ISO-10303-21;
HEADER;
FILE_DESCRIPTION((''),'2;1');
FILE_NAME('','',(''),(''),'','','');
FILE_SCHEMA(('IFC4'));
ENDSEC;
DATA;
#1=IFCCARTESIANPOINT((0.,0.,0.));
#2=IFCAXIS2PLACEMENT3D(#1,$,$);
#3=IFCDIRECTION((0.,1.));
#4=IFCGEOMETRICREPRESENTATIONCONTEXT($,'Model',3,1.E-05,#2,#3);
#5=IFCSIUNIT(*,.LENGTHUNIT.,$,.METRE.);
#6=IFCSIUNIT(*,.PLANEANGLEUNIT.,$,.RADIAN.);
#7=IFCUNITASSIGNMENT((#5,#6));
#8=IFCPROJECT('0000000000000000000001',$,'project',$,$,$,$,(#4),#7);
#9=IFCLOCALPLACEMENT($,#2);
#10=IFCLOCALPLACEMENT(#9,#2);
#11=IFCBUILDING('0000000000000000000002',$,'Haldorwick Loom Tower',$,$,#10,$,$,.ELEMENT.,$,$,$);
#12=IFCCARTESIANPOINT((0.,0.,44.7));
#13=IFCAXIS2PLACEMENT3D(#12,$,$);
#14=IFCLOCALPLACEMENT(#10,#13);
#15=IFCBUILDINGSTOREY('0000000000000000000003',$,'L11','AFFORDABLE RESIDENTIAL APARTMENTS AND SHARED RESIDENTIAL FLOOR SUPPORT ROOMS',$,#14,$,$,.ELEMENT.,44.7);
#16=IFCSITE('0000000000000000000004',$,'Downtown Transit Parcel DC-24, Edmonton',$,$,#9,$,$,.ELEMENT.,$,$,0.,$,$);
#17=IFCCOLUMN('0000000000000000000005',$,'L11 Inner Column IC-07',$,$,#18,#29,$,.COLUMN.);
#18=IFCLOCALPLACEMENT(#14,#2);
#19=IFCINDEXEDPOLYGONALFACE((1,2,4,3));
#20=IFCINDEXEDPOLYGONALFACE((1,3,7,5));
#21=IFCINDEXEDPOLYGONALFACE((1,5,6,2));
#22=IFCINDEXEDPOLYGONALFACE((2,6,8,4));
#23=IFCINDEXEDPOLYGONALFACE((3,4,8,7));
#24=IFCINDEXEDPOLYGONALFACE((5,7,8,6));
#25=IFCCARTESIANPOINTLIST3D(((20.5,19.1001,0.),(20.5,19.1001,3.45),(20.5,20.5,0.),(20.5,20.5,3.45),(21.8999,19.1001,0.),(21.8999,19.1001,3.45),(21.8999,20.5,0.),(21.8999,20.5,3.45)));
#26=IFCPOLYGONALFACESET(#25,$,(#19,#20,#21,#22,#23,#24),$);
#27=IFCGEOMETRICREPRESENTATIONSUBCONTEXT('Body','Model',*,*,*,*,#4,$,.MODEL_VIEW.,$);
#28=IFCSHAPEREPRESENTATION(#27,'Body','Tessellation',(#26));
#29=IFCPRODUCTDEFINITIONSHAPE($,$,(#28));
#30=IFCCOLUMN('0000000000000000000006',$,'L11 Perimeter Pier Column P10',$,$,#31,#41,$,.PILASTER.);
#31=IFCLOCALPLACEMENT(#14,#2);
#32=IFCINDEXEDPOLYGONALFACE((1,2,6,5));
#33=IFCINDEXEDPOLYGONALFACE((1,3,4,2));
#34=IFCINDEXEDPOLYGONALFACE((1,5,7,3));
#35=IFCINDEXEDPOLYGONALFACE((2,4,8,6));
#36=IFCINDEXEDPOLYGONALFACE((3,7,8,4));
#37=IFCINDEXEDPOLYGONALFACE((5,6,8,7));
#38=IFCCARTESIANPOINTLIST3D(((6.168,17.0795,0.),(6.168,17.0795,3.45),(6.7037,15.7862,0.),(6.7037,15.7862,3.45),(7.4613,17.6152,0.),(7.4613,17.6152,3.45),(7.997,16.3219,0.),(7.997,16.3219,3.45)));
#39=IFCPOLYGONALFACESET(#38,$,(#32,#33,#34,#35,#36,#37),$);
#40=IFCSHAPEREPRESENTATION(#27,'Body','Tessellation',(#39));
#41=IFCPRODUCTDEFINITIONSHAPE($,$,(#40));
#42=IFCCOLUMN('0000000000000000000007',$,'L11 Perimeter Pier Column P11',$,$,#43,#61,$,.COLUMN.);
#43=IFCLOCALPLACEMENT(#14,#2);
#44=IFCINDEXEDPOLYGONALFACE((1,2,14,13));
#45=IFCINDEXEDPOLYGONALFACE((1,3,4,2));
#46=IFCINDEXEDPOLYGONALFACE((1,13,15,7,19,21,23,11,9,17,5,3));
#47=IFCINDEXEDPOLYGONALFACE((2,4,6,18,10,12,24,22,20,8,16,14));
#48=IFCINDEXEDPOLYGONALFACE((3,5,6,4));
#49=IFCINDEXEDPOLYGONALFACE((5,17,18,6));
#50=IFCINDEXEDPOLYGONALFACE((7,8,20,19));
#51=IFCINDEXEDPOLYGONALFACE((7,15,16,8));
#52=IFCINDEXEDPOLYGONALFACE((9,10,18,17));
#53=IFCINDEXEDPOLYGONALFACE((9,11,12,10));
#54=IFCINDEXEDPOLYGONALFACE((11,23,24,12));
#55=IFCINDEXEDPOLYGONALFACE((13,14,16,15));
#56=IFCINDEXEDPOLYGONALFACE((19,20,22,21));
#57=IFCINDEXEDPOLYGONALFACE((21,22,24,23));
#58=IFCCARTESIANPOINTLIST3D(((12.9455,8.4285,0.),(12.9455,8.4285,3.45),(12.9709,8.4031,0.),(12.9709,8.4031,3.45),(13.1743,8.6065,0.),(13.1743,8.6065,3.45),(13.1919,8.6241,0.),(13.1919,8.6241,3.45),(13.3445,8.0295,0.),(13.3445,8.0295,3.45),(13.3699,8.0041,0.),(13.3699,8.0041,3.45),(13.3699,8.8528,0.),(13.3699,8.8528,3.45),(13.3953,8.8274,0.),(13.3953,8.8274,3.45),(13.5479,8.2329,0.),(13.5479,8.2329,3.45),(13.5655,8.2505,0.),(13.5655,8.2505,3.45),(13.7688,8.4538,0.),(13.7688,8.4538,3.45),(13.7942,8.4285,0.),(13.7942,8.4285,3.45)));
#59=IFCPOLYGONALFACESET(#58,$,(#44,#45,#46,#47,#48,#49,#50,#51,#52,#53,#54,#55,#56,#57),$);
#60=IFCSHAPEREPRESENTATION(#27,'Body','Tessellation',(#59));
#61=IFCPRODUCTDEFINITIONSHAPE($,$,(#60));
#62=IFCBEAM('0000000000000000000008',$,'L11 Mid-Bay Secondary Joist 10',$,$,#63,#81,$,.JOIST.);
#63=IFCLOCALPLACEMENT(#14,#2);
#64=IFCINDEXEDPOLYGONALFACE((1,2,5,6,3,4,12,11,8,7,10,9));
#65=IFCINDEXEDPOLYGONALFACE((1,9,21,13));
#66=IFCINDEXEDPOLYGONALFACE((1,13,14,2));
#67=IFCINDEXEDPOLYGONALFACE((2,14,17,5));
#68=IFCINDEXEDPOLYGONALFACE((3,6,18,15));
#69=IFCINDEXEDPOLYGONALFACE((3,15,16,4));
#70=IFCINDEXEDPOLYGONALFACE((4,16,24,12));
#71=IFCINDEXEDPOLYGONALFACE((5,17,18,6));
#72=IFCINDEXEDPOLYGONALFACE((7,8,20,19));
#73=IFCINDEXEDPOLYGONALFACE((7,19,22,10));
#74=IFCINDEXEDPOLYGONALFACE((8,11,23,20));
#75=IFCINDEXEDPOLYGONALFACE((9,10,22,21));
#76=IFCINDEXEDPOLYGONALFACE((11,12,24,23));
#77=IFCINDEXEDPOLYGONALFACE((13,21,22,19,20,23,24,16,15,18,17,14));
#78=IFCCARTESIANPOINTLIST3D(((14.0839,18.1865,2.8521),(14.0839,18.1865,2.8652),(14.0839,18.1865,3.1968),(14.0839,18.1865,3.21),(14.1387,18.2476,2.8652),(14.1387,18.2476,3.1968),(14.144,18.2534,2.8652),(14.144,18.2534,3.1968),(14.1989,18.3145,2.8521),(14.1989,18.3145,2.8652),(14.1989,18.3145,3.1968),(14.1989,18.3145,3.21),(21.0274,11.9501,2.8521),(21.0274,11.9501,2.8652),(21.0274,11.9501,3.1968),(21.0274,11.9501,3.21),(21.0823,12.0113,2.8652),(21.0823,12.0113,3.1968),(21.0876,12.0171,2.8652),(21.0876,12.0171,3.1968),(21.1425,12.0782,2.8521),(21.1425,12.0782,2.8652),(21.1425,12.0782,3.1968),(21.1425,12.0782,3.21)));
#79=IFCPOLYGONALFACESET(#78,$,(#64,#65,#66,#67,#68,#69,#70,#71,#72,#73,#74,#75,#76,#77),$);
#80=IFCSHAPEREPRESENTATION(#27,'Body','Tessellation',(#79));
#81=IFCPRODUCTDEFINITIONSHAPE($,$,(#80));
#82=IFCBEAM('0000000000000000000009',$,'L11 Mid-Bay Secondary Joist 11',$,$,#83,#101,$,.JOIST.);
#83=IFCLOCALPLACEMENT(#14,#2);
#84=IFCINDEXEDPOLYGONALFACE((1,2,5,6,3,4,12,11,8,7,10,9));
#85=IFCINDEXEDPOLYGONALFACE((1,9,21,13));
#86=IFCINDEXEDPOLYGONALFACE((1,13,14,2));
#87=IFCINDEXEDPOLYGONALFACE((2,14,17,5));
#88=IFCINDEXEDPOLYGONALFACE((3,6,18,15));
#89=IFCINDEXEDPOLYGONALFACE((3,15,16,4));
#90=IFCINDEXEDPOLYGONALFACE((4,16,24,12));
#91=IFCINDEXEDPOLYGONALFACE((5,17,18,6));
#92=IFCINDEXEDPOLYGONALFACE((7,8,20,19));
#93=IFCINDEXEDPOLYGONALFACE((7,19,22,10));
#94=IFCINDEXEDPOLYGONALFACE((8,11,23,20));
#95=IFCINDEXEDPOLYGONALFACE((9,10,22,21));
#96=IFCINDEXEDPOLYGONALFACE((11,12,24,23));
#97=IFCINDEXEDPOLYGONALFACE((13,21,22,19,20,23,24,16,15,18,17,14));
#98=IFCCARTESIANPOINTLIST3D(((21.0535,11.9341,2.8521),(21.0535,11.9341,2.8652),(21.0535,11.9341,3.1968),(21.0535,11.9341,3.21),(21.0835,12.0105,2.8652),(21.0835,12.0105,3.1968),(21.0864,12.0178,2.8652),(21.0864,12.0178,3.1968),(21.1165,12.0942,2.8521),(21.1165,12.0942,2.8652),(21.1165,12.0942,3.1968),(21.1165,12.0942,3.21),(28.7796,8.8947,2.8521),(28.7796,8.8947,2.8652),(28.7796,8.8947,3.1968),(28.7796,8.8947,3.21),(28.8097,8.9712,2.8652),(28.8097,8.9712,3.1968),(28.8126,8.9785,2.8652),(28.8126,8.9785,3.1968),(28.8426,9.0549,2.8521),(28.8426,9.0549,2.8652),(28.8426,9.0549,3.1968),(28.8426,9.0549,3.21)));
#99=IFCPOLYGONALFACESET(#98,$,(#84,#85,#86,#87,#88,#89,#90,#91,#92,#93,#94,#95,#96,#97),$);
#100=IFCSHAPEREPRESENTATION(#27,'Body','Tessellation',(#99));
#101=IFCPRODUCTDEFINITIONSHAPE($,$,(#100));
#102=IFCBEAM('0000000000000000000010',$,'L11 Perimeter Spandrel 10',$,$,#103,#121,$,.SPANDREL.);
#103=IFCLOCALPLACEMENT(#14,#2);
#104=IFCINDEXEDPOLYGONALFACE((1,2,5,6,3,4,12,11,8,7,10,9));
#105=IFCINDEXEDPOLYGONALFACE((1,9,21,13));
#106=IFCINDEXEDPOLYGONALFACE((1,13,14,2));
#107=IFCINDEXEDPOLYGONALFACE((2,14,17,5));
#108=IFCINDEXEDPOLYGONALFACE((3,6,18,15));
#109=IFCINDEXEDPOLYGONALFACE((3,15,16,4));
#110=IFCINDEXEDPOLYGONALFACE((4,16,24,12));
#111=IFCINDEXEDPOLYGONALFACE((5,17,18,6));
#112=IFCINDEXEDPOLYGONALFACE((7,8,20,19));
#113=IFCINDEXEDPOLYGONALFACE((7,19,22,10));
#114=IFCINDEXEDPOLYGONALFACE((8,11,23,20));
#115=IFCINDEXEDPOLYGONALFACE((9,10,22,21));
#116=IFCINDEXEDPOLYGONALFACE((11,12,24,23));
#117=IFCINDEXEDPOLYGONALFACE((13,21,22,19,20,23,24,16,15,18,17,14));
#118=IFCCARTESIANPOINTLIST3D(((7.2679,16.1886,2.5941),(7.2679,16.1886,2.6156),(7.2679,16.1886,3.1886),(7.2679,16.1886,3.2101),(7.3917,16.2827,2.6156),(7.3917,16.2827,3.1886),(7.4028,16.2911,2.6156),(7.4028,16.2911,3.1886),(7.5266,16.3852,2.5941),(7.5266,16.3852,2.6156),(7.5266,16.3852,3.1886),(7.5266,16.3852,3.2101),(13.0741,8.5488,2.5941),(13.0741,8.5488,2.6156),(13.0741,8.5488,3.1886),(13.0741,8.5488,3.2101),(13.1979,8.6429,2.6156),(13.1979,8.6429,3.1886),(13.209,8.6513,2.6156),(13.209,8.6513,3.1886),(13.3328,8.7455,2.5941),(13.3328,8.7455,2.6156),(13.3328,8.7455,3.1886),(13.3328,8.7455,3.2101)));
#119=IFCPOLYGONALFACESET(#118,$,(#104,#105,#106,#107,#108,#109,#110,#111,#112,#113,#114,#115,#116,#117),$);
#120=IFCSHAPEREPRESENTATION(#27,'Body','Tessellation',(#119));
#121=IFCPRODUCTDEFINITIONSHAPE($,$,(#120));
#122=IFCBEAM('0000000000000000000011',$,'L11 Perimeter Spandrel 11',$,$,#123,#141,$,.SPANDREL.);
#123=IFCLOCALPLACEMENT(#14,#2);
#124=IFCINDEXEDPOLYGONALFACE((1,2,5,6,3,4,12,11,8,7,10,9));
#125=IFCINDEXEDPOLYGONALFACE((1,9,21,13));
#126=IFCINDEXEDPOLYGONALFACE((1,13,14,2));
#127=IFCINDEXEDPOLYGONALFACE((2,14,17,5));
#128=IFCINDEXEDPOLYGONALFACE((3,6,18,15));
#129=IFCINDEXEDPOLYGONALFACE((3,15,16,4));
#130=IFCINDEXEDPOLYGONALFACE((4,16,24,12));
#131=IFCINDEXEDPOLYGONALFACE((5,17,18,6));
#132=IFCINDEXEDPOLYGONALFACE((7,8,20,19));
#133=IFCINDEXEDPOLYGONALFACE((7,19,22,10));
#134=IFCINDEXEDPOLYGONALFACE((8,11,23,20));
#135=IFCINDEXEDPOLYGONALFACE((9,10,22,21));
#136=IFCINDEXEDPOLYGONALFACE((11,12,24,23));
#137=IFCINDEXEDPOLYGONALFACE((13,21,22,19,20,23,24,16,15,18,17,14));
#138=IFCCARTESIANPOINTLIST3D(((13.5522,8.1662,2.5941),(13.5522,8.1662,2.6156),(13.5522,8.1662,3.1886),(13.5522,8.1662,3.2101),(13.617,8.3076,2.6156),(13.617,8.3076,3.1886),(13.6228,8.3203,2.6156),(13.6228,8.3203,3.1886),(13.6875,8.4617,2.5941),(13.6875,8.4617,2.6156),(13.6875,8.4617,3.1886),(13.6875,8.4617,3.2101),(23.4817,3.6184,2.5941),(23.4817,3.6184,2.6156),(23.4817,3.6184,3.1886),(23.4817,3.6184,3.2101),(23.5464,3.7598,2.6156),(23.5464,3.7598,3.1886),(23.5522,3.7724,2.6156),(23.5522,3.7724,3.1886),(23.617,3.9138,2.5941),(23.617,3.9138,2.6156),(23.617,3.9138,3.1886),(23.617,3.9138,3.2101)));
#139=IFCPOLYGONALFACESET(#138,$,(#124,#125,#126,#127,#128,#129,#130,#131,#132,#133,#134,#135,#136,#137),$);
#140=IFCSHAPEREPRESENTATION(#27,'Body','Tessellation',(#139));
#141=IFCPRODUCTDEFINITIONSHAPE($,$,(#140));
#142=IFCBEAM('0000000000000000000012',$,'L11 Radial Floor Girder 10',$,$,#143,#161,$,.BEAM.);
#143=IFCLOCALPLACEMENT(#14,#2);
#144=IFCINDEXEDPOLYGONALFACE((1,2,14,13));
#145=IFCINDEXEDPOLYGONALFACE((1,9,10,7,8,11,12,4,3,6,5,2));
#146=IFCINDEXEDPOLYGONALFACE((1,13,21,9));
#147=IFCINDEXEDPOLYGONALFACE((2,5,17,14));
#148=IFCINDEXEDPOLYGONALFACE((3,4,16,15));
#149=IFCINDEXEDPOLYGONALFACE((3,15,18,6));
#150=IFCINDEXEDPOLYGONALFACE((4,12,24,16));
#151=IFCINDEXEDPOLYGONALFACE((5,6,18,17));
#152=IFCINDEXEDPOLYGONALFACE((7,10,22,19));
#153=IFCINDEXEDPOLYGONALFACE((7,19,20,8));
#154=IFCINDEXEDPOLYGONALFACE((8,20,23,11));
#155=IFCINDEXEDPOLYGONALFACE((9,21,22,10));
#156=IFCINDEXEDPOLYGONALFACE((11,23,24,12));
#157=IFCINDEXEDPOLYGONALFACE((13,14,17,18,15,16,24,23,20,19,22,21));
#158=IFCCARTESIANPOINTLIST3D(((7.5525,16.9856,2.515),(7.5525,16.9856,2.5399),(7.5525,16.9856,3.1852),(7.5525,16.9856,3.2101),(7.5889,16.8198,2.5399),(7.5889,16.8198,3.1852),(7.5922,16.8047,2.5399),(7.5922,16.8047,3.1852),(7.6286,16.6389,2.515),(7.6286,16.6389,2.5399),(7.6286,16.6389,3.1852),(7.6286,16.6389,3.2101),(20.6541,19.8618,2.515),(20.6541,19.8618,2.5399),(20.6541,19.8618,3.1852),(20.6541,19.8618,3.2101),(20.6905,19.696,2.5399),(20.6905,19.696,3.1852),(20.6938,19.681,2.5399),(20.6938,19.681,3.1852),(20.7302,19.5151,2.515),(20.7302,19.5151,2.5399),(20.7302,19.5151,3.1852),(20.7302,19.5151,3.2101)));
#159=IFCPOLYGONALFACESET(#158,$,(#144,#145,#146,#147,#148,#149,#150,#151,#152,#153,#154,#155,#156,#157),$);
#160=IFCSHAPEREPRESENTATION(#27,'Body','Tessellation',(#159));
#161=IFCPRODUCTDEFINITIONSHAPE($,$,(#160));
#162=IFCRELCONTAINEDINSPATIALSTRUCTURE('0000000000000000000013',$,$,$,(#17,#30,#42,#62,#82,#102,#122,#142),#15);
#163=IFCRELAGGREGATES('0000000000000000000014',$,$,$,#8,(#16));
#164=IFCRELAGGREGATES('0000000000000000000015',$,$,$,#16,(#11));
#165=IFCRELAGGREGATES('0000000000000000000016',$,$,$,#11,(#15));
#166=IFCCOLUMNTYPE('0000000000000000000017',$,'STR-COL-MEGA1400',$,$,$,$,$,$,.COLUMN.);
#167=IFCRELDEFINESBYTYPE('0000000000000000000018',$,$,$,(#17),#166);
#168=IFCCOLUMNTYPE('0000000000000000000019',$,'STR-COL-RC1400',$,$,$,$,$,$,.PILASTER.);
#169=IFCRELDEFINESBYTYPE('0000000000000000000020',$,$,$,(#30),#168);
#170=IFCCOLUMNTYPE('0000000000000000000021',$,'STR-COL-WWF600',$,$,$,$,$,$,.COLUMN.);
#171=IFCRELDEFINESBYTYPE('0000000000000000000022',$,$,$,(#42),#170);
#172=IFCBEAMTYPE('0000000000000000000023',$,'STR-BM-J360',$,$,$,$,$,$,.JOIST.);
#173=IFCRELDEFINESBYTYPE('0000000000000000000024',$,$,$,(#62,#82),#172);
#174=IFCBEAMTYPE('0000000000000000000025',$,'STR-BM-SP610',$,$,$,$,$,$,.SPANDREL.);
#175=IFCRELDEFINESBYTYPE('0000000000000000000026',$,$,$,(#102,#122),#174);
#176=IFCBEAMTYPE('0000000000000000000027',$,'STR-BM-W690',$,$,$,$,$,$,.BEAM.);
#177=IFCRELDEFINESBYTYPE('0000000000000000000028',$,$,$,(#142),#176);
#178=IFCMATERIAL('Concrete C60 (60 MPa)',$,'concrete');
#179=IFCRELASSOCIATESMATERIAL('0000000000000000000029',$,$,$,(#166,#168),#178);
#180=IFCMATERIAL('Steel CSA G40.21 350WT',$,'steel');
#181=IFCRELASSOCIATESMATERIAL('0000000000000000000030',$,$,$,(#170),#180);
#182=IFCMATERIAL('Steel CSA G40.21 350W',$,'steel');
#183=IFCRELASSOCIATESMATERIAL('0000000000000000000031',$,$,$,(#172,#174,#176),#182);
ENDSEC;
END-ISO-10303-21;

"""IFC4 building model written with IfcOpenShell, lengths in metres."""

from ifc_helpers import new_model, si_unit, direction, frame, origin, origin_2d, place, context, subcontext, project, spatial, rectangle, i_section, extrude, material, material_profile, profile_set, type_object, element, save


model = new_model("IFC4")

# Units and contexts
model_context = context("Model", 3, precision=1e-05, world=origin(), true_north=direction((0.0, 1.0)))
body_context = subcontext(model_context, "Body", "Model", "MODEL_VIEW")
ifc_project = project(units=[si_unit("LENGTHUNIT", "METRE"), si_unit("PLANEANGLEUNIT", "RADIAN")], contexts=[model_context])

# Site, building, storey
site_placement = place(None, origin())
site = spatial("IfcSite", under=ifc_project, at=site_placement, Name="Downtown Transit Parcel DC-24, Edmonton", CompositionType="ELEMENT", RefElevation=0.0)
building_placement = place(site_placement, origin())
building = spatial("IfcBuilding", under=site, at=building_placement, Name="Haldorwick Loom Tower", CompositionType="ELEMENT")
storey_placement = place(building_placement, frame((0.0, 0.0, 44.7)))
storey = spatial("IfcBuildingStorey", under=building, at=storey_placement, Name="L11", Description="AFFORDABLE RESIDENTIAL APARTMENTS AND SHARED RESIDENTIAL FLOOR SUPPORT ROOMS", CompositionType="ELEMENT", Elevation=44.7)

# Columns
ifc_material_1 = material(Name="Concrete C60 (60 MPa)", Category="concrete")
ifc_material_profile_1 = material_profile(ifc_material_1, rectangle(XDim=1.3999, YDim=1.3999, at=origin_2d()), Name="RC1400X1400", Category="concrete")
ifc_profile_set_1 = profile_set([ifc_material_profile_1], Name="Concrete C60 (60 MPa)")
column_type_1 = type_object("IfcColumnType", Name="STR-COL-MEGA1400", PredefinedType="COLUMN", material=ifc_profile_set_1)
column_1_placement = place(storey_placement, frame((21.2, 19.8, 0.0), z_axis=(0.0, 0.0, 1.0), x_axis=(1.0, 0.0, 0.0)))
element("IfcColumn", 1, at=column_1_placement, inside=storey, type_object=column_type_1, Name="L11 Inner Column IC-07", PredefinedType="COLUMN", context=body_context, shape_type="SweptSolid", body=[
    extrude(rectangle(XDim=1.3999, YDim=1.3999, at=origin_2d()), origin(), (0.0, 0.0, 1.0), 3.45),
])
ifc_material_profile_2 = material_profile(ifc_material_1, rectangle(XDim=1.3999, YDim=1.3999, at=origin_2d()), Name="RC1400X1400", Category="concrete")
ifc_profile_set_2 = profile_set([ifc_material_profile_2], Name="Concrete C60 (60 MPa)")
column_type_2 = type_object("IfcColumnType", Name="STR-COL-RC1400", PredefinedType="PILASTER", material=ifc_profile_set_2)
column_2_placement = place(storey_placement, frame((7.0825, 16.7007, 0.0), z_axis=(0.0, 0.0, 1.0), x_axis=(-0.92388, -0.382683, 0.0)))
element("IfcColumn", 2, at=column_2_placement, inside=storey, type_object=column_type_2, Name="L11 Perimeter Pier Column P10", PredefinedType="PILASTER", context=body_context, shape_type="SweptSolid", body=[
    extrude(rectangle(XDim=1.3999, YDim=1.3999, at=origin_2d()), origin(), (0.0, 0.0, 1.0), 3.45),
])
ifc_material_2 = material(Name="Steel CSA G40.21 350WT", Category="steel")
ifc_material_profile_3 = material_profile(ifc_material_2, i_section(OverallWidth=0.6001, OverallDepth=0.6001, WebThickness=0.0249, FlangeThickness=0.0359, at=origin_2d()), Name="WWF600X600", Category="steel")
ifc_profile_set_3 = profile_set([ifc_material_profile_3], Name="Steel CSA G40.21 350WT")
column_type_3 = type_object("IfcColumnType", Name="STR-COL-WWF600", PredefinedType="COLUMN", material=ifc_profile_set_3)
column_3_placement = place(storey_placement, frame((13.3699, 8.4285, 0.0), z_axis=(0.0, 0.0, 1.0), x_axis=(-0.707107, -0.707107, 0.0)))
element("IfcColumn", 3, at=column_3_placement, inside=storey, type_object=column_type_3, Name="L11 Perimeter Pier Column P11", PredefinedType="COLUMN", context=body_context, shape_type="SweptSolid", body=[
    extrude(i_section(OverallWidth=0.6001, OverallDepth=0.6001, WebThickness=0.0249, FlangeThickness=0.0359, at=origin_2d()), origin(), (0.0, 0.0, 1.0), 3.45),
])

# Beams
ifc_material_3 = material(Name="Steel CSA G40.21 350W", Category="steel")
ifc_material_profile_4 = material_profile(ifc_material_3, i_section(OverallWidth=0.1721, OverallDepth=0.3579, WebThickness=0.0078, FlangeThickness=0.0132, at=origin_2d()), Name="W360X57", Category="steel")
ifc_profile_set_4 = profile_set([ifc_material_profile_4], Name="Steel CSA G40.21 350W")
beam_type_1 = type_object("IfcBeamType", Name="STR-BM-J360", PredefinedType="JOIST", material=ifc_profile_set_4)
beam_1_placement = place(storey_placement, frame((14.1414, 18.2505, 3.031), z_axis=(0.743982, -0.6682, 0.0), x_axis=(0.6682, 0.743982, 0.0)))
element("IfcBeam", 4, at=beam_1_placement, inside=storey, type_object=beam_type_1, Name="L11 Mid-Bay Secondary Joist 10", PredefinedType="JOIST", context=body_context, shape_type="SweptSolid", body=[
    extrude(i_section(OverallWidth=0.1721, OverallDepth=0.3579, WebThickness=0.0078, FlangeThickness=0.0132, at=origin_2d()), origin(), (0.0, 0.0, 1.0), 9.333),
])
beam_2_placement = place(storey_placement, frame((21.085, 12.0142, 3.031), z_axis=(0.930585, -0.366076, 0.0), x_axis=(0.366076, 0.930585, 0.0)))
element("IfcBeam", 5, at=beam_2_placement, inside=storey, type_object=beam_type_1, Name="L11 Mid-Bay Secondary Joist 11", PredefinedType="JOIST", context=body_context, shape_type="SweptSolid", body=[
    extrude(i_section(OverallWidth=0.1721, OverallDepth=0.3579, WebThickness=0.0078, FlangeThickness=0.0132, at=origin_2d()), origin(), (0.0, 0.0, 1.0), 8.3025),
])
ifc_material_profile_5 = material_profile(ifc_material_3, i_section(OverallWidth=0.325, OverallDepth=0.616, WebThickness=0.0139, FlangeThickness=0.0215, at=origin_2d()), Name="W610X174", Category="steel")
ifc_profile_set_5 = profile_set([ifc_material_profile_5], Name="Steel CSA G40.21 350W")
beam_type_2 = type_object("IfcBeamType", Name="STR-BM-SP610", PredefinedType="SPANDREL", material=ifc_profile_set_5)
beam_3_placement = place(storey_placement, frame((7.3972, 16.2869, 2.9021), z_axis=(0.605085, -0.796161, 0.0), x_axis=(0.796161, 0.605085, 0.0)))
element("IfcBeam", 6, at=beam_3_placement, inside=storey, type_object=beam_type_2, Name="L11 Perimeter Spandrel 10", PredefinedType="SPANDREL", context=body_context, shape_type="SweptSolid", body=[
    extrude(i_section(OverallWidth=0.325, OverallDepth=0.616, WebThickness=0.0139, FlangeThickness=0.0215, at=origin_2d()), origin(), (0.0, 0.0, 1.0), 9.5957),
])
beam_4_placement = place(storey_placement, frame((13.6199, 8.314, 2.9021), z_axis=(0.909174, -0.416417, 0.0), x_axis=(0.416417, 0.909174, 0.0)))
element("IfcBeam", 7, at=beam_4_placement, inside=storey, type_object=beam_type_2, Name="L11 Perimeter Spandrel 11", PredefinedType="SPANDREL", context=body_context, shape_type="SweptSolid", body=[
    extrude(i_section(OverallWidth=0.325, OverallDepth=0.616, WebThickness=0.0139, FlangeThickness=0.0215, at=origin_2d()), origin(), (0.0, 0.0, 1.0), 10.9214),
])
ifc_material_profile_6 = material_profile(ifc_material_3, i_section(OverallWidth=0.355, OverallDepth=0.6951, WebThickness=0.0154, FlangeThickness=0.0249, at=origin_2d()), Name="W690X217", Category="steel")
ifc_profile_set_6 = profile_set([ifc_material_profile_6], Name="Steel CSA G40.21 350W")
beam_type_3 = type_object("IfcBeamType", Name="STR-BM-W690", PredefinedType="BEAM", material=ifc_profile_set_6)
beam_5_placement = place(storey_placement, frame((20.6921, 19.6885, 2.8625), z_axis=(-0.97674, -0.214426, 0.0), x_axis=(0.214426, -0.97674, 0.0)))
element("IfcBeam", 8, at=beam_5_placement, inside=storey, type_object=beam_type_3, Name="L11 Radial Floor Girder 10", PredefinedType="BEAM", context=body_context, shape_type="SweptSolid", body=[
    extrude(i_section(OverallWidth=0.355, OverallDepth=0.6951, WebThickness=0.0154, FlangeThickness=0.0249, at=origin_2d()), origin(), (0.0, 0.0, 1.0), 13.4136),
])

save(model, "model.ifc")
